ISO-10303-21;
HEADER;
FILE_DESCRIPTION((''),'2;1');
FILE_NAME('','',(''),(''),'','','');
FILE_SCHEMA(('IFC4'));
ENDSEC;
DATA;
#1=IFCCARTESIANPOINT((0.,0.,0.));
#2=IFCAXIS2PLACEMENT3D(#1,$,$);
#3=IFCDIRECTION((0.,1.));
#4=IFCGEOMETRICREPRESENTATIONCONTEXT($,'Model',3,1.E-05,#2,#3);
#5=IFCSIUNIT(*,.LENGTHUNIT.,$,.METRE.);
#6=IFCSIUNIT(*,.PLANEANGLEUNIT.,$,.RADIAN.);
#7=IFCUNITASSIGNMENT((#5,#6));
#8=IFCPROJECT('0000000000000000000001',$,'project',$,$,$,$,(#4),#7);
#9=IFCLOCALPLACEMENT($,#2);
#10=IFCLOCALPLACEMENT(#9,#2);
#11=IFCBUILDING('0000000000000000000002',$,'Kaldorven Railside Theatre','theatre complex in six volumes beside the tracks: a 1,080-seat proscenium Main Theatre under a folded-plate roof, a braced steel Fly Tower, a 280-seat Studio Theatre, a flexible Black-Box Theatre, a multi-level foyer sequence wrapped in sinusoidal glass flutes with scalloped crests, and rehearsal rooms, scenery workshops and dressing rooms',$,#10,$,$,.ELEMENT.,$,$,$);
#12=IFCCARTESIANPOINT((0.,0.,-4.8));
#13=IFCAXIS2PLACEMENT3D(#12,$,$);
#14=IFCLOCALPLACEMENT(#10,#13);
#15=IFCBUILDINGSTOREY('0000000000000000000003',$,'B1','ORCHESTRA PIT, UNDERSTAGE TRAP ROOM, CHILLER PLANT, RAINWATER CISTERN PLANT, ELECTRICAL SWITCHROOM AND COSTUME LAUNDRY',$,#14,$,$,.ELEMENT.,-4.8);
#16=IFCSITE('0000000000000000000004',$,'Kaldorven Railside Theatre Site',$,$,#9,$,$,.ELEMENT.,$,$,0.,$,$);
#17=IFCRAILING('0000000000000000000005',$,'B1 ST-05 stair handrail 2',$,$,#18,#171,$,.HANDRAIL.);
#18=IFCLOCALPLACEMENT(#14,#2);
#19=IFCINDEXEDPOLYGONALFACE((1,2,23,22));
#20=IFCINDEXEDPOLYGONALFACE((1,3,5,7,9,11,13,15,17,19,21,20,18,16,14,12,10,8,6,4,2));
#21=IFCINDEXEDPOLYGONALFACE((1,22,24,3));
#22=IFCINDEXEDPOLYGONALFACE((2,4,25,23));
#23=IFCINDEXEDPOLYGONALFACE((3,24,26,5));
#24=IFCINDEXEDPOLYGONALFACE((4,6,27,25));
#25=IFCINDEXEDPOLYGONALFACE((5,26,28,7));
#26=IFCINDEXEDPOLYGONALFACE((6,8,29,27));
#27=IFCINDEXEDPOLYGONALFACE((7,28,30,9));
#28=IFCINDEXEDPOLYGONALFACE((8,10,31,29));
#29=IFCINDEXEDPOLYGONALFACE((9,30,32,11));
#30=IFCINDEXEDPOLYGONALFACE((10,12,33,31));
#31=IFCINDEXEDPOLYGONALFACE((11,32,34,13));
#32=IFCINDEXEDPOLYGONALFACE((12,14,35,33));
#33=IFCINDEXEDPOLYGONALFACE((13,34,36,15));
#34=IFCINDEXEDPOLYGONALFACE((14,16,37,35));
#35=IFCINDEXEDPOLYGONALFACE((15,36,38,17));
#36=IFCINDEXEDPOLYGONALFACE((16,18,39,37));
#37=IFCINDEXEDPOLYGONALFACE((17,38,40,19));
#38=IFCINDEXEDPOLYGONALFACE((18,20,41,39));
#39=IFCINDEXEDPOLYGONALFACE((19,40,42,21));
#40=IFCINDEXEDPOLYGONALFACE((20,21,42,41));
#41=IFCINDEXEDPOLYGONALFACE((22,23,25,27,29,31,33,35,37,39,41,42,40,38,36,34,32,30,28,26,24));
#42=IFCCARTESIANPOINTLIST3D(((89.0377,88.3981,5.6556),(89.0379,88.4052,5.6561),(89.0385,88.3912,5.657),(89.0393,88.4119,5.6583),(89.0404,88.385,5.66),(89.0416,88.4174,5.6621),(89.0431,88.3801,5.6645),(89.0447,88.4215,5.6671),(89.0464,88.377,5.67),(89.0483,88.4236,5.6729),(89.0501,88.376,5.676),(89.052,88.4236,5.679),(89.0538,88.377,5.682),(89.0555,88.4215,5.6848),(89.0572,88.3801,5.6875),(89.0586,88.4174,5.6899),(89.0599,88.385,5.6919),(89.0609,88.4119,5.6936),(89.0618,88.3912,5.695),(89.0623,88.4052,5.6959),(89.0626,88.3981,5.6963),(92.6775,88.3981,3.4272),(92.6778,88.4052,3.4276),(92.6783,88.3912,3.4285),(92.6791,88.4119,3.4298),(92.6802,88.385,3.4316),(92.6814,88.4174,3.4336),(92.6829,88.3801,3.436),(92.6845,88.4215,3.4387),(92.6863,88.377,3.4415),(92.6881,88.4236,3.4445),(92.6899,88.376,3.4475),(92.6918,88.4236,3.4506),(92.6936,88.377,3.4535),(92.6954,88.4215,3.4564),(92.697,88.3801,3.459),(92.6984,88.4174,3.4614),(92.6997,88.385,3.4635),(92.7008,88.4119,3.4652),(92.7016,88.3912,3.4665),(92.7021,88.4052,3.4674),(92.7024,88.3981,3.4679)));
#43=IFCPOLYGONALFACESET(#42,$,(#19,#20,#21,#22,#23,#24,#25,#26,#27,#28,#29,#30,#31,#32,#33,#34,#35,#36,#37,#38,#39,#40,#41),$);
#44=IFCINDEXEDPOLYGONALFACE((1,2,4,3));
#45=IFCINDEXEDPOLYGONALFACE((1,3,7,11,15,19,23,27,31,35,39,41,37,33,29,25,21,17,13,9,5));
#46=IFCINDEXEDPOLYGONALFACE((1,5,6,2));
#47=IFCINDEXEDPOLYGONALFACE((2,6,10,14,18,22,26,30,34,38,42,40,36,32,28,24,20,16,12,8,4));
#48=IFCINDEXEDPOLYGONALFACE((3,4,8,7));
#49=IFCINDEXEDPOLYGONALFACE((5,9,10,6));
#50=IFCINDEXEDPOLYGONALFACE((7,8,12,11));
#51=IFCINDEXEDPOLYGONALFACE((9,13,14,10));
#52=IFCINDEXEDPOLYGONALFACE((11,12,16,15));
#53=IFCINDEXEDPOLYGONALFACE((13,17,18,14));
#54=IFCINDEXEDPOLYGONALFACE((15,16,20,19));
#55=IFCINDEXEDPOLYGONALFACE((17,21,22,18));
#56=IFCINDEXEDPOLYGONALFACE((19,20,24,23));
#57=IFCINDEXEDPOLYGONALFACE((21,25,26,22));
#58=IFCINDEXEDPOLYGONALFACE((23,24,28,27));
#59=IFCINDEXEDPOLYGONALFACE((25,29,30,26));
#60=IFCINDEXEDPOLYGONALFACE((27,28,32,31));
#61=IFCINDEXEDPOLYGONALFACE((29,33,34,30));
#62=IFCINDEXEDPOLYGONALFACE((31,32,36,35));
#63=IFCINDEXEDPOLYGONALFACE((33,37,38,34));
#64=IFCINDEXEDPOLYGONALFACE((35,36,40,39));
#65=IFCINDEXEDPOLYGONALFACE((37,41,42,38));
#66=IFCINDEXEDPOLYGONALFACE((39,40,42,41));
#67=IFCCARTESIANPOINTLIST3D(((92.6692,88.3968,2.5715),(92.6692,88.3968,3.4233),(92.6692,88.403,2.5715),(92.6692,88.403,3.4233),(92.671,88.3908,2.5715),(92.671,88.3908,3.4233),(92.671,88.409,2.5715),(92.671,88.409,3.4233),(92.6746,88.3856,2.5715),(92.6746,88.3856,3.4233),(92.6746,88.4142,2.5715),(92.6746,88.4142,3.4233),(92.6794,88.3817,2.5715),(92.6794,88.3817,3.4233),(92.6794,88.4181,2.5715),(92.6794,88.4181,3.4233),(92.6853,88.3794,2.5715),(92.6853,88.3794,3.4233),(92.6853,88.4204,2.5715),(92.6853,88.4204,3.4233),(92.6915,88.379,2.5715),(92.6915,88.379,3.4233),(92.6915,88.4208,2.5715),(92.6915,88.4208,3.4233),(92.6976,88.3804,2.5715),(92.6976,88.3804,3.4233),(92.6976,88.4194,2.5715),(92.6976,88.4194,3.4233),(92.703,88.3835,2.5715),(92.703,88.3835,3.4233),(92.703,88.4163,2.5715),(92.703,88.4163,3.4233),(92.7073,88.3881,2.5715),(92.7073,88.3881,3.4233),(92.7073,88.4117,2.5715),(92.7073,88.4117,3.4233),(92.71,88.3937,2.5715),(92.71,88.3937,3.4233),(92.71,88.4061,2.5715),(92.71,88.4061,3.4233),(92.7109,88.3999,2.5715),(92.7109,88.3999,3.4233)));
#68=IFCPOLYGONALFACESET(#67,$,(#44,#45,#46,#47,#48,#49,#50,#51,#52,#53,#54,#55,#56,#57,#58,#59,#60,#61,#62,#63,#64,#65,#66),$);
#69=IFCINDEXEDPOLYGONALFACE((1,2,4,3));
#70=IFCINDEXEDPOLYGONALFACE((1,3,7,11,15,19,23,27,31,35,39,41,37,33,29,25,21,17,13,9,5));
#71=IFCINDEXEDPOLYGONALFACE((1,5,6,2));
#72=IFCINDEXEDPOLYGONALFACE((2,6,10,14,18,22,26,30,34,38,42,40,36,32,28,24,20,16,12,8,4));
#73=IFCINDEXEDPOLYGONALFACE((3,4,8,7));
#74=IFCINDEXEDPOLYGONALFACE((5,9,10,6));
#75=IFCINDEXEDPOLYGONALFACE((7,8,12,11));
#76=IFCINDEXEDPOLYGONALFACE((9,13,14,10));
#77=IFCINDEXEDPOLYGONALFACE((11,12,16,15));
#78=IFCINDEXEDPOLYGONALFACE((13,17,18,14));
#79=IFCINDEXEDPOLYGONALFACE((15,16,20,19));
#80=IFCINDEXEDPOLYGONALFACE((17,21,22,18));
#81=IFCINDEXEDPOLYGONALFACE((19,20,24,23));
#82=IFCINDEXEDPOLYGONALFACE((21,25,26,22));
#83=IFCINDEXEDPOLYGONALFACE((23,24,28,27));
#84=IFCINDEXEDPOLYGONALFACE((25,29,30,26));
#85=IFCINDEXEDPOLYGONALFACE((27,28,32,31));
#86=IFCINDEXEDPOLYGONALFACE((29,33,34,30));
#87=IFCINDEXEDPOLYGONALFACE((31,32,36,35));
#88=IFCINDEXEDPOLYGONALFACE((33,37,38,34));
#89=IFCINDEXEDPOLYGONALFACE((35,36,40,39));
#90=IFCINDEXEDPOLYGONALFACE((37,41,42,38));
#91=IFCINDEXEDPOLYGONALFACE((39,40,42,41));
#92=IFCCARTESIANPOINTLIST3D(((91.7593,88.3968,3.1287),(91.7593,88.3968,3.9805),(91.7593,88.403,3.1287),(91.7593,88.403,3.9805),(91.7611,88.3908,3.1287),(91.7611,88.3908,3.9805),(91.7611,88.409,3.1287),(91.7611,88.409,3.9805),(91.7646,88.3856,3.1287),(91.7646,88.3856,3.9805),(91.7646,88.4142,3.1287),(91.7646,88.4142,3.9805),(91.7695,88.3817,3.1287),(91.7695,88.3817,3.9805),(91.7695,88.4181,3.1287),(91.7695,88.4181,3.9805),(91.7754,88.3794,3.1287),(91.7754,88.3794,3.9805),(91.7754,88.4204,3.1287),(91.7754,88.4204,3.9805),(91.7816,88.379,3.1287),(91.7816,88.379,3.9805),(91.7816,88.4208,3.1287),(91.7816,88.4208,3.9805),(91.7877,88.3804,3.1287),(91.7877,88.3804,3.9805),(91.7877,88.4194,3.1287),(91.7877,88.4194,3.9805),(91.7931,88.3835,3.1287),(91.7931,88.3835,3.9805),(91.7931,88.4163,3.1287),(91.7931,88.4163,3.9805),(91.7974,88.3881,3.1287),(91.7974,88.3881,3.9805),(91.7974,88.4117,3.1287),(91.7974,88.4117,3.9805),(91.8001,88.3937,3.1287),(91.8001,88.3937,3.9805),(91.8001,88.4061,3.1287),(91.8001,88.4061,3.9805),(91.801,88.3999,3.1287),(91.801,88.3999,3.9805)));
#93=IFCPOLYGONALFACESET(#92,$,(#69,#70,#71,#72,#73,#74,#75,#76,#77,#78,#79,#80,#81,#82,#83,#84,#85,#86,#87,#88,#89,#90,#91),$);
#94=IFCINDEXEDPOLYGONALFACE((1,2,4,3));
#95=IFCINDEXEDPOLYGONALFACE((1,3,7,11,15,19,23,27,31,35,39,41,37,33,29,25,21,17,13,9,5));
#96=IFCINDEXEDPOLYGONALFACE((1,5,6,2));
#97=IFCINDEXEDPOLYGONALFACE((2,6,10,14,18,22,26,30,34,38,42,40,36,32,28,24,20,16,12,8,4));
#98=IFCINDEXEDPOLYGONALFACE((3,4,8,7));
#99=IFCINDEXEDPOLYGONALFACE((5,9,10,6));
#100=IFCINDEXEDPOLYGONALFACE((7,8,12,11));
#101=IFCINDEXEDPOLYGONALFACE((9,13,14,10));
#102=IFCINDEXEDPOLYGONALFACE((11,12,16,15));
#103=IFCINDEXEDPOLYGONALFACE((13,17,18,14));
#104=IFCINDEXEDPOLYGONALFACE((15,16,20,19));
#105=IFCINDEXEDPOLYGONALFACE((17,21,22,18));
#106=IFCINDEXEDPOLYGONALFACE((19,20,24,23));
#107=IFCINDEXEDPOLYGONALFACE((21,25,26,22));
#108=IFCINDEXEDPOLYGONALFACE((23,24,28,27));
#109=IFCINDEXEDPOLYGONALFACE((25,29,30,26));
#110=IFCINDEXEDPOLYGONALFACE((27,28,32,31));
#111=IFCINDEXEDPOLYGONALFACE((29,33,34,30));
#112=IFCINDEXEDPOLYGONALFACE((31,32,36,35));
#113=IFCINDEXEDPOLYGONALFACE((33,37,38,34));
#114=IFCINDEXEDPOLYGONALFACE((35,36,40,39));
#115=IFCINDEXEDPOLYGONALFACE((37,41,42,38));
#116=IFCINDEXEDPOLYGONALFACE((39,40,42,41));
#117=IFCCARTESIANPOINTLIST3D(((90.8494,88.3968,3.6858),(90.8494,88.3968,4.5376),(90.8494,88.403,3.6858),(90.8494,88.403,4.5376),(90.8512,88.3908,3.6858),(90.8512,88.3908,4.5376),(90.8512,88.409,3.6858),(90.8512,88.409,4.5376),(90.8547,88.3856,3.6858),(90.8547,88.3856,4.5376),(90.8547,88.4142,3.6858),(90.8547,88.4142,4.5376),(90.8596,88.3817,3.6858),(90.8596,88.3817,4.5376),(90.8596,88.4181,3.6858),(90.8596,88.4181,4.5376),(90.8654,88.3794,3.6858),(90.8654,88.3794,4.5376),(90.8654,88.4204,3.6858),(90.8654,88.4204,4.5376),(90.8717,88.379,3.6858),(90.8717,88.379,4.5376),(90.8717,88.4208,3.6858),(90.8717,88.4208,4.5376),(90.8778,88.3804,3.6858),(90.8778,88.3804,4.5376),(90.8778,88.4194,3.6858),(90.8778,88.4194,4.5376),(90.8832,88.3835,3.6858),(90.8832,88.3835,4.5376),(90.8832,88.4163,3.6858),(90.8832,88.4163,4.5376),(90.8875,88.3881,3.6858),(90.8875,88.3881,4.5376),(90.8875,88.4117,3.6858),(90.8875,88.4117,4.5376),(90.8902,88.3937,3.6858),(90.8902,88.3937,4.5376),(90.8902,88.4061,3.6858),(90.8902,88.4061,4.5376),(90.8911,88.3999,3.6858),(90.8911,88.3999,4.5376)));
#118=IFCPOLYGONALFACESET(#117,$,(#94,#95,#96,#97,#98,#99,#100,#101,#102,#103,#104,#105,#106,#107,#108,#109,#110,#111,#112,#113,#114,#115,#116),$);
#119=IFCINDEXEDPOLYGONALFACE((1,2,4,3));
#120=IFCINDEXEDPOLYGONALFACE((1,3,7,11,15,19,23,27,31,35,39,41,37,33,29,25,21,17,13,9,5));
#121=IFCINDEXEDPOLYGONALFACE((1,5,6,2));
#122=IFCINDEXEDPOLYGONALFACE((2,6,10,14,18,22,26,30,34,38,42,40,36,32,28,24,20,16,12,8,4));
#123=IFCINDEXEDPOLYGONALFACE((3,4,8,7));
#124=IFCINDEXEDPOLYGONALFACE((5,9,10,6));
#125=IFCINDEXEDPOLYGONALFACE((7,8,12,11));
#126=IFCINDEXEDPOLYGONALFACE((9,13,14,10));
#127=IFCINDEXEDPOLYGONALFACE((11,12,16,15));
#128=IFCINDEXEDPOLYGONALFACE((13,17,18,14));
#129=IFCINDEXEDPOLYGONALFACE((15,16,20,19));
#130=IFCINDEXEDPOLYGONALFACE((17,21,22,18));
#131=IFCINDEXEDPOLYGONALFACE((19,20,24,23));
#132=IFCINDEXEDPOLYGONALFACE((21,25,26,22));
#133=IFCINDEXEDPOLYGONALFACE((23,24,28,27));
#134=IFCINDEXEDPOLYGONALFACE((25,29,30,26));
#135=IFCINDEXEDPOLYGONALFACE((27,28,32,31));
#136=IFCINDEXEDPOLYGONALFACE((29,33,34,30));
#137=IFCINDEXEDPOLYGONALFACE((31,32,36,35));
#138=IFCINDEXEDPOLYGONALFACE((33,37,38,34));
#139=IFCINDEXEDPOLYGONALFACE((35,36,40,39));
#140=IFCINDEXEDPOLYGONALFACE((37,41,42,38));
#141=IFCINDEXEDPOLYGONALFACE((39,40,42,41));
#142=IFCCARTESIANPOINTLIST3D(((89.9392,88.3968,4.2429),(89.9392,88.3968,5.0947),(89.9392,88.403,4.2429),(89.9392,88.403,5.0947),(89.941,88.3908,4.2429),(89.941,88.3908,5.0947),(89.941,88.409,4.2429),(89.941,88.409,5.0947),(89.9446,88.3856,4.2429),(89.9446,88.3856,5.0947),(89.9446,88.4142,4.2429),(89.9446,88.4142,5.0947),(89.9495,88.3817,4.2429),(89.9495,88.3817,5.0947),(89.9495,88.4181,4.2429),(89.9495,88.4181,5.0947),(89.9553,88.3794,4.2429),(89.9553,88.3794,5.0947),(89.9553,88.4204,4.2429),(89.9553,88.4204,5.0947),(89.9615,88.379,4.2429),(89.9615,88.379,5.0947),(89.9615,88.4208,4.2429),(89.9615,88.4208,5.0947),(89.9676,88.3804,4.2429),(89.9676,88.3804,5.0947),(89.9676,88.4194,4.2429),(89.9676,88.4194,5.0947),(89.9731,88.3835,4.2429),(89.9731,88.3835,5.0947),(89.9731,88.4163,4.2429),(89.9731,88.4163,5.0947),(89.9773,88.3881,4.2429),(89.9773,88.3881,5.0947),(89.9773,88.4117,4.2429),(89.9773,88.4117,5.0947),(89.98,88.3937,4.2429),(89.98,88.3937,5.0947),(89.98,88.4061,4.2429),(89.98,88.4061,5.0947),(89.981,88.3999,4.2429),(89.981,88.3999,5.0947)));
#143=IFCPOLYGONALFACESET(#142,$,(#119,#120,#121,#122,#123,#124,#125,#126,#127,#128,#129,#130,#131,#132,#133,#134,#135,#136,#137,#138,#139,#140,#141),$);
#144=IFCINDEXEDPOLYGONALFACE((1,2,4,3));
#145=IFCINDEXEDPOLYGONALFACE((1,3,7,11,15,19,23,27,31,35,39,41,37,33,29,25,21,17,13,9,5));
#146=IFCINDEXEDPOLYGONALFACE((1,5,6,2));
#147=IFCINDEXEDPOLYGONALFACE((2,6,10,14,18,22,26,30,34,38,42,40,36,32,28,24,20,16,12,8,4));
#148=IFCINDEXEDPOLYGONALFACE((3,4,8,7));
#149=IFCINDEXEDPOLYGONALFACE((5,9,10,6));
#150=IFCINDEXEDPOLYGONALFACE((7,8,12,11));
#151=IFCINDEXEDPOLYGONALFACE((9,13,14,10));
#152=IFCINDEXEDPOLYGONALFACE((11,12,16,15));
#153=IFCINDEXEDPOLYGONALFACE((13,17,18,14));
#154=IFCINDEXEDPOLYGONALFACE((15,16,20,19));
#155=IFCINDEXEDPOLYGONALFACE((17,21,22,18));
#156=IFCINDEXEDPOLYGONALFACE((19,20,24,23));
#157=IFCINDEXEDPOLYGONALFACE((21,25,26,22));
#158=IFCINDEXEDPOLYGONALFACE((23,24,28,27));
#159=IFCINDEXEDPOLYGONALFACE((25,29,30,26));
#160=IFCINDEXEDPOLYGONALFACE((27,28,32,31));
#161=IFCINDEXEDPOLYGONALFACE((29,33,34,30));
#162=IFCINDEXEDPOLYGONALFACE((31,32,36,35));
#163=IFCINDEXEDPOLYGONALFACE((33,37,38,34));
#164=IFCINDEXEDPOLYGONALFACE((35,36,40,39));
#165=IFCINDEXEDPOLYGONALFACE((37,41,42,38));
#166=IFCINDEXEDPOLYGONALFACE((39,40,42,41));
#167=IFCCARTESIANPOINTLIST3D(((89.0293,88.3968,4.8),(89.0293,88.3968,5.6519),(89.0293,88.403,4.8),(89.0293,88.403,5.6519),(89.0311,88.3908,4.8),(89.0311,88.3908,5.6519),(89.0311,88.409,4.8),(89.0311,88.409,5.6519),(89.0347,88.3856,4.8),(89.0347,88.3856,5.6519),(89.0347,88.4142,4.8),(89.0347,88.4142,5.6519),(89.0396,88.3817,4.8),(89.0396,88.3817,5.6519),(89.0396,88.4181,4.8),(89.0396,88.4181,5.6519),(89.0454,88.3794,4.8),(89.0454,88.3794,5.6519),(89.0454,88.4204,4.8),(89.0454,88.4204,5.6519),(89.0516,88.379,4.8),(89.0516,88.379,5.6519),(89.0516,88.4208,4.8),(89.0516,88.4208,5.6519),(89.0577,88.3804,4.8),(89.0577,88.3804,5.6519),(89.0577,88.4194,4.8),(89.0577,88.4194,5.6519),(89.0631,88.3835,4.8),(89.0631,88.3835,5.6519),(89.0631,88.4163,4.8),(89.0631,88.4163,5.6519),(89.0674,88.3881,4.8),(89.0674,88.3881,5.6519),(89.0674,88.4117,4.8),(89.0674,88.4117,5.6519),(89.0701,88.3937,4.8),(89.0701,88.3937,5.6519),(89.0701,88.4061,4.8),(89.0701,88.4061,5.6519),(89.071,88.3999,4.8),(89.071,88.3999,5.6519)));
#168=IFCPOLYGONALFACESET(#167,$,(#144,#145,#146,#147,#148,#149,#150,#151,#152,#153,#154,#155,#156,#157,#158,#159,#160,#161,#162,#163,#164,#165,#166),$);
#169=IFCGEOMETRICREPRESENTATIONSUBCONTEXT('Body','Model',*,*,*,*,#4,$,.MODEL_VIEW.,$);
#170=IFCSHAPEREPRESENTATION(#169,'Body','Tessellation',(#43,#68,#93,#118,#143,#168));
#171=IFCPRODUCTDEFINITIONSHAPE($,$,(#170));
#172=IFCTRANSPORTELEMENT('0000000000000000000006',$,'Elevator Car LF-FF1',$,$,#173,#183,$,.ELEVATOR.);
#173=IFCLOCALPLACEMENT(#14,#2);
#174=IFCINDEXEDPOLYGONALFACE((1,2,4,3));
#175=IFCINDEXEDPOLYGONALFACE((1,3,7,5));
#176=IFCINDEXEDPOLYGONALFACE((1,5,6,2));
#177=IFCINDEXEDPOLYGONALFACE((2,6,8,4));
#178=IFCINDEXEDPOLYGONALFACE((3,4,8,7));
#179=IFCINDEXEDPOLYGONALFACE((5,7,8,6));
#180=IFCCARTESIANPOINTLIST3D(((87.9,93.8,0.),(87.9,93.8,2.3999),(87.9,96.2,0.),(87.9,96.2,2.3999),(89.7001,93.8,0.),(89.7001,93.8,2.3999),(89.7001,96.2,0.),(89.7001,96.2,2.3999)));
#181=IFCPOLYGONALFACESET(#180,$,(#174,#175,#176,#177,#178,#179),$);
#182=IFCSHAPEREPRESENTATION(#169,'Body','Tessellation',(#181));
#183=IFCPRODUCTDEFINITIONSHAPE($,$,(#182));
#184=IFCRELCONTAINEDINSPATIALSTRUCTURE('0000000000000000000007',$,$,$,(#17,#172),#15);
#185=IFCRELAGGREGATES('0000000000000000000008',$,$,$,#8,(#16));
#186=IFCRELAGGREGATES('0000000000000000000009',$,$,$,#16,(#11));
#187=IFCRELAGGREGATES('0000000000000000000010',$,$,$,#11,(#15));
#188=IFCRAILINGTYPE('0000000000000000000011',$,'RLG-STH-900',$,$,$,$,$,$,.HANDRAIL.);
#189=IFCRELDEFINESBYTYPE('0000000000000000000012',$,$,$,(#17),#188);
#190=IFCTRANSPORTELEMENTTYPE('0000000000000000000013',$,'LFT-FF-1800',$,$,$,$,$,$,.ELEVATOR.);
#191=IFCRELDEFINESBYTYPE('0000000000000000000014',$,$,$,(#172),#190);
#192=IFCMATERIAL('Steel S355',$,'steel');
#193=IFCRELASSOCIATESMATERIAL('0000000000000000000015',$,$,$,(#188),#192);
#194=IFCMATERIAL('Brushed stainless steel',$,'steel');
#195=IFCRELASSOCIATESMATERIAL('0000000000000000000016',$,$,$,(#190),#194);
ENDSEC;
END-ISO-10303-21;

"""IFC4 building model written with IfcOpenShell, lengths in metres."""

from ifc_helpers import new_model, si_unit, direction, frame, origin, origin_2d, place, context, subcontext, project, spatial, rectangle, circle, extrude, material, type_object, element, save


model = new_model("IFC4")

# Units and contexts
model_context = context("Model", 3, precision=1e-05, world=origin(), true_north=direction((0.0, 1.0)))
body_context = subcontext(model_context, "Body", "Model", "MODEL_VIEW")
ifc_project = project(units=[si_unit("LENGTHUNIT", "METRE"), si_unit("PLANEANGLEUNIT", "RADIAN")], contexts=[model_context])

# Site, building, storey
site_placement = place(None, origin())
site = spatial("IfcSite", under=ifc_project, at=site_placement, Name="Kaldorven Railside Theatre Site", CompositionType="ELEMENT", RefElevation=0.0)
building_placement = place(site_placement, origin())
building = spatial("IfcBuilding", under=site, at=building_placement, Name="Kaldorven Railside Theatre", Description="theatre complex in six volumes beside the tracks: a 1,080-seat proscenium Main Theatre under a folded-plate roof, a braced steel Fly Tower, a 280-seat Studio Theatre, a flexible Black-Box Theatre, a multi-level foyer sequence wrapped in sinusoidal glass flutes with scalloped crests, and rehearsal rooms, scenery workshops and dressing rooms", CompositionType="ELEMENT")
storey_placement = place(building_placement, frame((0.0, 0.0, -4.8)))
storey = spatial("IfcBuildingStorey", under=building, at=storey_placement, Name="B1", Description="ORCHESTRA PIT, UNDERSTAGE TRAP ROOM, CHILLER PLANT, RAINWATER CISTERN PLANT, ELECTRICAL SWITCHROOM AND COSTUME LAUNDRY", CompositionType="ELEMENT", Elevation=-4.8)

# Railing
ifc_material_1 = material(Name="Steel S355", Category="steel")
railing_type_1 = type_object("IfcRailingType", Name="RLG-STH-900", PredefinedType="HANDRAIL", material=ifc_material_1)
railing_1_placement = place(storey_placement, frame((92.6899, 88.3999, 2.5715)))
element("IfcRailing", 1, at=railing_1_placement, inside=storey, type_object=railing_type_1, Name="B1 ST-05 stair handrail 2", PredefinedType="HANDRAIL", context=body_context, shape_type="SweptSolid", body=[
    extrude(circle(Radius=0.0239, at=origin_2d()), frame((0.0, 0.0, 0.876), z_axis=(-0.85285, 0.0, 0.522156), x_axis=(0.0, -1.0, 0.0)), (0.0, 0.0, 1.0), 4.2678),
    extrude(circle(Radius=0.021, at=origin_2d()), origin(), (0.0, 0.0, 1.0), 0.8518),
    extrude(circle(Radius=0.021, at=origin_2d()), frame((-0.9099, 0.0, 0.5571)), (0.0, 0.0, 1.0), 0.8518),
    extrude(circle(Radius=0.021, at=origin_2d()), frame((-1.8198, 0.0, 1.1143)), (0.0, 0.0, 1.0), 0.8518),
    extrude(circle(Radius=0.021, at=origin_2d()), frame((-2.73, 0.0, 1.6714)), (0.0, 0.0, 1.0), 0.8518),
    extrude(circle(Radius=0.021, at=origin_2d()), frame((-3.6399, 0.0, 2.2285)), (0.0, 0.0, 1.0), 0.8518),
])

# Transport element
ifc_material_2 = material(Name="Brushed stainless steel", Category="steel")
transport_element_type = type_object("IfcTransportElementType", Name="LFT-FF-1800", PredefinedType="ELEVATOR", material=ifc_material_2)
transport_element_placement = place(storey_placement, frame((88.8, 95.0, 0.0), z_axis=(0.0, 0.0, 1.0), x_axis=(1.0, 0.0, 0.0)))
element("IfcTransportElement", 2, at=transport_element_placement, inside=storey, type_object=transport_element_type, Name="Elevator Car LF-FF1", PredefinedType="ELEVATOR", context=body_context, shape_type="SweptSolid", body=[
    extrude(rectangle(XDim=1.8, YDim=2.3999, at=origin_2d()), origin(), (0.0, 0.0, 1.0), 2.3999),
])

save(model, "model.ifc")
